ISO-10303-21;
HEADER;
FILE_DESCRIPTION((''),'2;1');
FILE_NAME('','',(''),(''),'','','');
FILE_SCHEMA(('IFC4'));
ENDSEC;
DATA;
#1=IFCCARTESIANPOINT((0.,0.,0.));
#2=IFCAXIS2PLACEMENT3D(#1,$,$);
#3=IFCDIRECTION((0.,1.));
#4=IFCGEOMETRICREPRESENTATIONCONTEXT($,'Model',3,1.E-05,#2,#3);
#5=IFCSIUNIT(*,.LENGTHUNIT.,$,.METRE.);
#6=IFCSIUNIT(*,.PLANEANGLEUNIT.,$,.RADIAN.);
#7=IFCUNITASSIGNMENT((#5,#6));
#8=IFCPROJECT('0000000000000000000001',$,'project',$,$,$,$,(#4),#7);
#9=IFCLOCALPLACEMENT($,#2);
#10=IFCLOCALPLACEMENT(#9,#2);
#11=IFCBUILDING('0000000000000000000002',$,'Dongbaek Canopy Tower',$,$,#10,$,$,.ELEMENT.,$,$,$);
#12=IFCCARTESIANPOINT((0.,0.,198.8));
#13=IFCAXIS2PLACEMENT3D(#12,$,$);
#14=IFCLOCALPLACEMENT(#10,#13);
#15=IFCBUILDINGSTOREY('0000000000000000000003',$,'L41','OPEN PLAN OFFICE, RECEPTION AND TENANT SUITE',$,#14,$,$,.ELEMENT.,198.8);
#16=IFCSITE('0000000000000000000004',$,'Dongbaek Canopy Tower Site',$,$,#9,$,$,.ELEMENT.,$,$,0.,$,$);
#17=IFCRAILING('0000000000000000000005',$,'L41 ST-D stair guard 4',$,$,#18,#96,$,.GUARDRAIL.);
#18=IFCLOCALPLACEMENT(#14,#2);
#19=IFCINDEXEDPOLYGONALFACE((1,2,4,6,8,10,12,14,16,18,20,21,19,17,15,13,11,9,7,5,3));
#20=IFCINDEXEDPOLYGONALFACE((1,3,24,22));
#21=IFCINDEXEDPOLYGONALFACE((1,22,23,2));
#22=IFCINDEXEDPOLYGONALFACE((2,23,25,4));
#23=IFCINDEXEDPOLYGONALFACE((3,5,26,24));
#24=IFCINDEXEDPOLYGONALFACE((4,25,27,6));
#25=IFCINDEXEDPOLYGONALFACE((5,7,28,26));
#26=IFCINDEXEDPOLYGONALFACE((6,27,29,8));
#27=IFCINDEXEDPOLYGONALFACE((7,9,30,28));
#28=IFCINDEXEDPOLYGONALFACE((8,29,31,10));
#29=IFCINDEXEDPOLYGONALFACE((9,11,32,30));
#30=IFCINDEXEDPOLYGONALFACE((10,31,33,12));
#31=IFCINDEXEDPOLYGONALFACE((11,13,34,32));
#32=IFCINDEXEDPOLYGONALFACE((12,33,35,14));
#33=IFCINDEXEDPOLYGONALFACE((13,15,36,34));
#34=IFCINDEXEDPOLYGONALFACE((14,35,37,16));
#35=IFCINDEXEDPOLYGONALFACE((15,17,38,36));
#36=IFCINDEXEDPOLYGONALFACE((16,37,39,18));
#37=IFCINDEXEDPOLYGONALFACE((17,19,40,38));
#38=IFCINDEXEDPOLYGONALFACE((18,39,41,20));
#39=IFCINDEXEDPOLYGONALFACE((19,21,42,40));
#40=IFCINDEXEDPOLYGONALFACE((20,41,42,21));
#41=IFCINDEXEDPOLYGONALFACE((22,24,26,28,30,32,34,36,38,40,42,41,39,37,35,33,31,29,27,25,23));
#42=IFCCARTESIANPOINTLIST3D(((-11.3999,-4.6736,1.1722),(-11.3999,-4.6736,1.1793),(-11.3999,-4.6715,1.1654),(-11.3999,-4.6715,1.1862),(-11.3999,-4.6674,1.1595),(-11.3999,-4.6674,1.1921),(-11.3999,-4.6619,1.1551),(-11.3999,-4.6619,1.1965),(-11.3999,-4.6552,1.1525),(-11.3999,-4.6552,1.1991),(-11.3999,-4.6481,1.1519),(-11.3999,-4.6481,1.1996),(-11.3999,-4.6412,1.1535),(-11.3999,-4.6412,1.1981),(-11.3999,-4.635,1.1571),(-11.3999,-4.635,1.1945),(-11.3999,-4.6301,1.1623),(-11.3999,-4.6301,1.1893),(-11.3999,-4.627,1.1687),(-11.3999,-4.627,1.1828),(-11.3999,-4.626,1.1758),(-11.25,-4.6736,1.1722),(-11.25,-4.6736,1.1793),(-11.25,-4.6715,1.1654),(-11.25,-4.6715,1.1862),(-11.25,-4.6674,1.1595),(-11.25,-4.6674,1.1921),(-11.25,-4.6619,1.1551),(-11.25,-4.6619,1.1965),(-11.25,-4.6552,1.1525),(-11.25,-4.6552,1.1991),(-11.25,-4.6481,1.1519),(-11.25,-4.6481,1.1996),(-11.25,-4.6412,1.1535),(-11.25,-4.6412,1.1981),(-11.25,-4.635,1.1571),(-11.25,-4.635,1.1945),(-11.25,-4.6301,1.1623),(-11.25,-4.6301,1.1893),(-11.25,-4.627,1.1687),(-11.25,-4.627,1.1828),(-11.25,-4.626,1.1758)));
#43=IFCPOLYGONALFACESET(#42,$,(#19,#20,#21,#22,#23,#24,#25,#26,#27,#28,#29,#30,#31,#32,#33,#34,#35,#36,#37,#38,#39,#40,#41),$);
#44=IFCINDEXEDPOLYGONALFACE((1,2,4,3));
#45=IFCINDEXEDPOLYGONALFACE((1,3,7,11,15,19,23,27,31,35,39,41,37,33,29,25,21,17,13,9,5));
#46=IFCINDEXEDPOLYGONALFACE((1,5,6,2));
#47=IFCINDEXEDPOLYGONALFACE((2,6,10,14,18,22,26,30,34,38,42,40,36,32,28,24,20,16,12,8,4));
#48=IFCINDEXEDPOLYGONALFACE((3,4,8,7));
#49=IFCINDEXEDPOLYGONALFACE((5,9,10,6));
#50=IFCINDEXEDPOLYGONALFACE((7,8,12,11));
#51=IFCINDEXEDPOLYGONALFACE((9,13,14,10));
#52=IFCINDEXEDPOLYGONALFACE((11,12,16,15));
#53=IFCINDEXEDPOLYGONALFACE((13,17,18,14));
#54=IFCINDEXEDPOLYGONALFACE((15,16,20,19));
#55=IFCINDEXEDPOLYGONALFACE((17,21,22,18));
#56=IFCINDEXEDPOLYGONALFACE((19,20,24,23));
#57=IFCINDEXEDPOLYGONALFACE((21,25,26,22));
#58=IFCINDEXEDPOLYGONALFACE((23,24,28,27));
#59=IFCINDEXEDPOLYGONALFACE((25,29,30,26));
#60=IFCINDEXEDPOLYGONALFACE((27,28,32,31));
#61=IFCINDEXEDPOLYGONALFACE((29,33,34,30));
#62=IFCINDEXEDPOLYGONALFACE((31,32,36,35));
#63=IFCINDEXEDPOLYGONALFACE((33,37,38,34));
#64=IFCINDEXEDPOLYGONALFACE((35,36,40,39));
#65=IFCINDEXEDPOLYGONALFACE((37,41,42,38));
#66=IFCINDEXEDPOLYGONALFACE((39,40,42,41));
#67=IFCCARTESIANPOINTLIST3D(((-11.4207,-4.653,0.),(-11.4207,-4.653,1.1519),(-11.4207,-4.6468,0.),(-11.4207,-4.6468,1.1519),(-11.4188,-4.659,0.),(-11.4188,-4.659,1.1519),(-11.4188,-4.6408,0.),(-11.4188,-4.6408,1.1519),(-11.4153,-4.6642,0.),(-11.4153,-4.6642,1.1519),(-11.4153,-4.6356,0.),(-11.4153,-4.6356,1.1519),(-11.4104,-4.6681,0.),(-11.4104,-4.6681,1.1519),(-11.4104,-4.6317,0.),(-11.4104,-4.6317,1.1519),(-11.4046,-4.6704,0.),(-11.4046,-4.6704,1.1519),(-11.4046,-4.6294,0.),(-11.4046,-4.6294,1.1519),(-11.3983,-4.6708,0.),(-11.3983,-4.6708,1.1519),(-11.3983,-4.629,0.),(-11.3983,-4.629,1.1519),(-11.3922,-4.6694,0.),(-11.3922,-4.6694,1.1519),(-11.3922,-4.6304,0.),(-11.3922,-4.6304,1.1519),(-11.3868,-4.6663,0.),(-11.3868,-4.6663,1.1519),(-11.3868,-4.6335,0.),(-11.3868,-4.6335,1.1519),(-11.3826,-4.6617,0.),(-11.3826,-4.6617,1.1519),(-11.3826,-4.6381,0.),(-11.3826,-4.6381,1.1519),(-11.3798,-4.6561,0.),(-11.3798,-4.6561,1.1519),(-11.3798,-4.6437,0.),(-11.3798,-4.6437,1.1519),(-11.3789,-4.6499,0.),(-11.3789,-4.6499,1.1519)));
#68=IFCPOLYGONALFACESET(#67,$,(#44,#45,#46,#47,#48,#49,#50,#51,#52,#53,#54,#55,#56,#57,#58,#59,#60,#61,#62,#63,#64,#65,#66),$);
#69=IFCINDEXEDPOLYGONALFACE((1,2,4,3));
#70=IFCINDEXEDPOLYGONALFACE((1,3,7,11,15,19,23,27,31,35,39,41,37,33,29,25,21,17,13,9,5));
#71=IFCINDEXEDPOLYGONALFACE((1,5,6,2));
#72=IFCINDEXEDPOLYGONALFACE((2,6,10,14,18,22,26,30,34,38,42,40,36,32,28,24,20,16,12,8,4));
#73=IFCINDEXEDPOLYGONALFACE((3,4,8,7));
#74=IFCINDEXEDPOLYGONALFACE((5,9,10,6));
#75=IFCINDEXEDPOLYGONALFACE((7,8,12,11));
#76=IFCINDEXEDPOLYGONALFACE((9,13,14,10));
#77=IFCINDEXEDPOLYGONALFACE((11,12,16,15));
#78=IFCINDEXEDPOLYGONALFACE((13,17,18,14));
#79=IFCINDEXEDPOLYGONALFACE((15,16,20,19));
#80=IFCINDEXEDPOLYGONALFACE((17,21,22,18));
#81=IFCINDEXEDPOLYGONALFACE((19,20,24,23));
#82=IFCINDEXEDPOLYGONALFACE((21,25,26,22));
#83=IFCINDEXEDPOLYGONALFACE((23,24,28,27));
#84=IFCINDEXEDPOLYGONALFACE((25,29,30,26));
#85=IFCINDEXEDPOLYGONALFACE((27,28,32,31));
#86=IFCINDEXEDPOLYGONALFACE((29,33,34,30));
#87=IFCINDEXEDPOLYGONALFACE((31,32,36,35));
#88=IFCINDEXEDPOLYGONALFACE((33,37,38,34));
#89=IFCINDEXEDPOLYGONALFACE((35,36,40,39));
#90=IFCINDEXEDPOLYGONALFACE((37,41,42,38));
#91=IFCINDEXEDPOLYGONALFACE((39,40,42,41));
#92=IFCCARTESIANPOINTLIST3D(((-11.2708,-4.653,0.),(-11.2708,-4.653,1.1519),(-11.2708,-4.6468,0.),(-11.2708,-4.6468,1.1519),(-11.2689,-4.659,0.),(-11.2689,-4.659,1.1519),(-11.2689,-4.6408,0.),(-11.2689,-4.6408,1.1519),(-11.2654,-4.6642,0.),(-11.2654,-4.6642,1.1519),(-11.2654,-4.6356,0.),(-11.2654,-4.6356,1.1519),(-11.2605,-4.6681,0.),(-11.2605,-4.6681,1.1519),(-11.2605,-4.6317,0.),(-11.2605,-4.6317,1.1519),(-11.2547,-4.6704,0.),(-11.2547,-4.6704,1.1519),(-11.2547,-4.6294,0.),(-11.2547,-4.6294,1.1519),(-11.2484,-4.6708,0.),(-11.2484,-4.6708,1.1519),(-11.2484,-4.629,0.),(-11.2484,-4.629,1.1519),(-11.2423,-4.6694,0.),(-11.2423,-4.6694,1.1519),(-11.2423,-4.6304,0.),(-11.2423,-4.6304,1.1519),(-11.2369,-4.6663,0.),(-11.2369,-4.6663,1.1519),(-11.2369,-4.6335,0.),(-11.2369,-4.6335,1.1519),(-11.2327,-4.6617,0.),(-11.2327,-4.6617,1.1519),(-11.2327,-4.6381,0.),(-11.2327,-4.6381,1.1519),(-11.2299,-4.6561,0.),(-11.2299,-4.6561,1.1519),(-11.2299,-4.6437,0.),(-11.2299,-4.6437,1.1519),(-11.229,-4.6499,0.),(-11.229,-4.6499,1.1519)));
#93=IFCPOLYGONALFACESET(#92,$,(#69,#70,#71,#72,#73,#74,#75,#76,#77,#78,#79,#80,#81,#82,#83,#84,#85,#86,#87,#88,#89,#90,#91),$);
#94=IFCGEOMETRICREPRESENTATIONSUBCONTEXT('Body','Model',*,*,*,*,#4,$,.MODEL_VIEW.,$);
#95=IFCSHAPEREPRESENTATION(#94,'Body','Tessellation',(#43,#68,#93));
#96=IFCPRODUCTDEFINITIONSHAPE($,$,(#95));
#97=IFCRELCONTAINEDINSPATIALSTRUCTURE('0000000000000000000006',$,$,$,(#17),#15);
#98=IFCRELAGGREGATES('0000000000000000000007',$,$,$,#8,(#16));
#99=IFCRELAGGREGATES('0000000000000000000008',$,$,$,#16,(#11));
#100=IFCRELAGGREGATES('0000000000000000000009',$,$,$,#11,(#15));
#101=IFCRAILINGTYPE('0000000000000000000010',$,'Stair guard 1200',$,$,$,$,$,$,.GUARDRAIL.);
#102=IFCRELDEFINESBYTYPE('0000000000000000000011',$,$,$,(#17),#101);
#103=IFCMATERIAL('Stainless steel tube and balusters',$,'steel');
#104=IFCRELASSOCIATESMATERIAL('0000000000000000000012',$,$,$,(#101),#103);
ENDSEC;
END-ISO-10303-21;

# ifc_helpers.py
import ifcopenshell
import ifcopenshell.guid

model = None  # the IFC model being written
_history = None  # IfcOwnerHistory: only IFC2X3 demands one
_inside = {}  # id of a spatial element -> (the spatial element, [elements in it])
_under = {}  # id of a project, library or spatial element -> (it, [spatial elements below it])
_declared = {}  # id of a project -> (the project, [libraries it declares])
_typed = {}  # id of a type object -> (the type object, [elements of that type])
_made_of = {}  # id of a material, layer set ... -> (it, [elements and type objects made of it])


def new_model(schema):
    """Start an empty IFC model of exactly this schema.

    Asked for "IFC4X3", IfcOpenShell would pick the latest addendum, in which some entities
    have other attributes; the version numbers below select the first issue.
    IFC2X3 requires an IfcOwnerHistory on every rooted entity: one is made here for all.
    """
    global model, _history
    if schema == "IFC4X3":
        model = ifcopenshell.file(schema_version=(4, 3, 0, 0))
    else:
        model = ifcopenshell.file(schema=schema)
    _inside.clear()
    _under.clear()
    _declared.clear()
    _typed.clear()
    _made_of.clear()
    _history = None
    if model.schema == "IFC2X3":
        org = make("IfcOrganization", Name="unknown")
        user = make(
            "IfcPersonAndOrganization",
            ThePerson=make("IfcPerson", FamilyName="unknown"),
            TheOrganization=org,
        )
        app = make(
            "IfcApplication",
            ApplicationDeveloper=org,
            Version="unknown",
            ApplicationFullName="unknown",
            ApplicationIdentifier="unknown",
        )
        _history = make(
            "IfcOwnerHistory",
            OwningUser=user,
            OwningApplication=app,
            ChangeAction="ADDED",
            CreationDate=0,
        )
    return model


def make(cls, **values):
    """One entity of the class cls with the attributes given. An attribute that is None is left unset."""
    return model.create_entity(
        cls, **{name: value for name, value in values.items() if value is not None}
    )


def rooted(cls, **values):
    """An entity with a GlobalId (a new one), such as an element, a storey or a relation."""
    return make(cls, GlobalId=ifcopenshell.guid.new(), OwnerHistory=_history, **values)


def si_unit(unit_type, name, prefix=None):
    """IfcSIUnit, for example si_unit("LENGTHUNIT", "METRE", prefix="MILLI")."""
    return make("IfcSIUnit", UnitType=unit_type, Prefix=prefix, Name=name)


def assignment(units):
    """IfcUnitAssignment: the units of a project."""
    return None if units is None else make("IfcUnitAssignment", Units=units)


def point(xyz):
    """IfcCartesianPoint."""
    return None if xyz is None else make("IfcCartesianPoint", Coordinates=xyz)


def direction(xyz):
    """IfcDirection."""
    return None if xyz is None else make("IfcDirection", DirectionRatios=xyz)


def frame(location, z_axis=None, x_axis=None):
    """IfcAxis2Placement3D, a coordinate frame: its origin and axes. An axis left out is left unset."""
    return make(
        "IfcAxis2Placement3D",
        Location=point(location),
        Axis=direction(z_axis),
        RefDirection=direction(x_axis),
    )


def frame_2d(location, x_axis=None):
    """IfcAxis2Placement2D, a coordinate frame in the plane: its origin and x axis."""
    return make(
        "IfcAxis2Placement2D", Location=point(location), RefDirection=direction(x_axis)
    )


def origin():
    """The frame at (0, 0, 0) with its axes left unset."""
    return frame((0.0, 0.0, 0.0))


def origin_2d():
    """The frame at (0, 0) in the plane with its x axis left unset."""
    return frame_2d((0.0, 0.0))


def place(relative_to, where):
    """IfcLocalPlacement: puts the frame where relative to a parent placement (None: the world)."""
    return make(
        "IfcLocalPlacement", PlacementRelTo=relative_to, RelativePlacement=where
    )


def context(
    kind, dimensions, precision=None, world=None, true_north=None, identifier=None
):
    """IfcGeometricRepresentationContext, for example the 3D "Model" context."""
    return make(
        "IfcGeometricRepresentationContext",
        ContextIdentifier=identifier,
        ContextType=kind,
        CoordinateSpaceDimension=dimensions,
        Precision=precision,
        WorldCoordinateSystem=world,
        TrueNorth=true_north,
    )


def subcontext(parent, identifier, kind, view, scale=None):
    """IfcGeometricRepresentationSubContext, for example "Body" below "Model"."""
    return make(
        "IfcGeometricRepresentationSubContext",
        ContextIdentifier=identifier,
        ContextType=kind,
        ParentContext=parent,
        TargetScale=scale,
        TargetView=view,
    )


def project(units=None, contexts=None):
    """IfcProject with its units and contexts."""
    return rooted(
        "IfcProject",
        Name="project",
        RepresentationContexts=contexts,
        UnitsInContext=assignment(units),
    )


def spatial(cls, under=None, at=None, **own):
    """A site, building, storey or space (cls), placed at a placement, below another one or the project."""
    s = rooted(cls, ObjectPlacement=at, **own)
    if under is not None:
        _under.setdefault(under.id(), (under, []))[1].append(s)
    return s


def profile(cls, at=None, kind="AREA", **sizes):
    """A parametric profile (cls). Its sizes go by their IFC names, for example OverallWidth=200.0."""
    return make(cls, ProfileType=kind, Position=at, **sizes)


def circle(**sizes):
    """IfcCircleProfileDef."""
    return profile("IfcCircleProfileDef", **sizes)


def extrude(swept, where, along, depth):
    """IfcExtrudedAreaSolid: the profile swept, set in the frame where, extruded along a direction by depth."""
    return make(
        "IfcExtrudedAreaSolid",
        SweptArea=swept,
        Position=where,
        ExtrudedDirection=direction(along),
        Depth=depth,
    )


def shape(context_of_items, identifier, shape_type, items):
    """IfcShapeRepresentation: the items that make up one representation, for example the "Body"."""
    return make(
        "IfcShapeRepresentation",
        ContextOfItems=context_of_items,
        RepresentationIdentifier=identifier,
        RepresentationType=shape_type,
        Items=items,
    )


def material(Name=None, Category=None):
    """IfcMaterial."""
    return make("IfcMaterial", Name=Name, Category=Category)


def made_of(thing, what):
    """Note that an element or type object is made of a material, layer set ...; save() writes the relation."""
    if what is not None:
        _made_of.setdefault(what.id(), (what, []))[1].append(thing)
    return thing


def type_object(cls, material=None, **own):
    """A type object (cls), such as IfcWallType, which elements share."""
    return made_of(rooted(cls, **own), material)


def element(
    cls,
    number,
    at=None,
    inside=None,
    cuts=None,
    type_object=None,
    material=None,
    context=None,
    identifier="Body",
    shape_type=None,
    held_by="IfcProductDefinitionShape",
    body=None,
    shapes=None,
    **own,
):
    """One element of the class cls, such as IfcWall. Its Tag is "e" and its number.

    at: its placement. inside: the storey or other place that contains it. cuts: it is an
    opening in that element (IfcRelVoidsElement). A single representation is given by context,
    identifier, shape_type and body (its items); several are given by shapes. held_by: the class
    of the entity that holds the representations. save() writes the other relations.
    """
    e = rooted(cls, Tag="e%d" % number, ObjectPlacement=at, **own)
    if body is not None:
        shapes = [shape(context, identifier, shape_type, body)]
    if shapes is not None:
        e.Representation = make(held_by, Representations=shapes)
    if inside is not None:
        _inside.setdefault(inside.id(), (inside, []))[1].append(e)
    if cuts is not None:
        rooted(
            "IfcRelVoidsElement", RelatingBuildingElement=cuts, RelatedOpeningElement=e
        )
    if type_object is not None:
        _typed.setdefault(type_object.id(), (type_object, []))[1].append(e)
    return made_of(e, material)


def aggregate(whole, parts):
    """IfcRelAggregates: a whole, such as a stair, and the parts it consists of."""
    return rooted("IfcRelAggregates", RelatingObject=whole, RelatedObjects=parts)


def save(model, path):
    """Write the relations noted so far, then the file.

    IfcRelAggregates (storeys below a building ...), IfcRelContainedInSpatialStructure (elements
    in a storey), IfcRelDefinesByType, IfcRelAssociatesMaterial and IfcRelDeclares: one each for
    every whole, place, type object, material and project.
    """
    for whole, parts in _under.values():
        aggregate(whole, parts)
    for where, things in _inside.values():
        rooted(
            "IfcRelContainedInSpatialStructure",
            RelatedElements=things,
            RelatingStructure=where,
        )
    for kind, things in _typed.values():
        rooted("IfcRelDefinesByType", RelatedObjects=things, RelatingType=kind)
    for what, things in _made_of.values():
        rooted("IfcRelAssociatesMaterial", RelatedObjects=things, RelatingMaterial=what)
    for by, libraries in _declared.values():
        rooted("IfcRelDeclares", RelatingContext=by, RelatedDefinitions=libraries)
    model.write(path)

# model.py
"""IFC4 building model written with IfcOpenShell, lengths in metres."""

from ifc_helpers import new_model, si_unit, direction, frame, origin, origin_2d, place, context, subcontext, project, spatial, circle, extrude, material, type_object, element, save


model = new_model("IFC4")

# Units and contexts
model_context = context("Model", 3, precision=1e-05, world=origin(), true_north=direction((0.0, 1.0)))
body_context = subcontext(model_context, "Body", "Model", "MODEL_VIEW")
ifc_project = project(units=[si_unit("LENGTHUNIT", "METRE"), si_unit("PLANEANGLEUNIT", "RADIAN")], contexts=[model_context])

# Site, building, storey
site_placement = place(None, origin())
site = spatial("IfcSite", under=ifc_project, at=site_placement, Name="Dongbaek Canopy Tower Site", CompositionType="ELEMENT", RefElevation=0.0)
building_placement = place(site_placement, origin())
building = spatial("IfcBuilding", under=site, at=building_placement, Name="Dongbaek Canopy Tower", CompositionType="ELEMENT")
storey_placement = place(building_placement, frame((0.0, 0.0, 198.8)))
storey = spatial("IfcBuildingStorey", under=building, at=storey_placement, Name="L41", Description="OPEN PLAN OFFICE, RECEPTION AND TENANT SUITE", CompositionType="ELEMENT", Elevation=198.8)

# Railing
ifc_material_1 = material(Name="Stainless steel tube and balusters", Category="steel")
railing_type_1 = type_object("IfcRailingType", Name="Stair guard 1200", PredefinedType="GUARDRAIL", material=ifc_material_1)
railing_1_placement = place(storey_placement, frame((-11.3999, -4.6499, 0.0)))
element("IfcRailing", 1, at=railing_1_placement, inside=storey, type_object=railing_type_1, Name="L41 ST-D stair guard 4", PredefinedType="GUARDRAIL", context=body_context, shape_type="SweptSolid", body=[
    extrude(circle(Radius=0.0239, at=origin_2d()), frame((0.0, 0.0, 1.1758), z_axis=(1.0, 0.0, 0.0), x_axis=(0.0, 1.0, 0.0)), (0.0, 0.0, 1.0), 0.1499),
    extrude(circle(Radius=0.021, at=origin_2d()), origin(), (0.0, 0.0, 1.0), 1.1519),
    extrude(circle(Radius=0.021, at=origin_2d()), frame((0.1499, 0.0, 0.0)), (0.0, 0.0, 1.0), 1.1519),
])

save(model, "model.ifc")
